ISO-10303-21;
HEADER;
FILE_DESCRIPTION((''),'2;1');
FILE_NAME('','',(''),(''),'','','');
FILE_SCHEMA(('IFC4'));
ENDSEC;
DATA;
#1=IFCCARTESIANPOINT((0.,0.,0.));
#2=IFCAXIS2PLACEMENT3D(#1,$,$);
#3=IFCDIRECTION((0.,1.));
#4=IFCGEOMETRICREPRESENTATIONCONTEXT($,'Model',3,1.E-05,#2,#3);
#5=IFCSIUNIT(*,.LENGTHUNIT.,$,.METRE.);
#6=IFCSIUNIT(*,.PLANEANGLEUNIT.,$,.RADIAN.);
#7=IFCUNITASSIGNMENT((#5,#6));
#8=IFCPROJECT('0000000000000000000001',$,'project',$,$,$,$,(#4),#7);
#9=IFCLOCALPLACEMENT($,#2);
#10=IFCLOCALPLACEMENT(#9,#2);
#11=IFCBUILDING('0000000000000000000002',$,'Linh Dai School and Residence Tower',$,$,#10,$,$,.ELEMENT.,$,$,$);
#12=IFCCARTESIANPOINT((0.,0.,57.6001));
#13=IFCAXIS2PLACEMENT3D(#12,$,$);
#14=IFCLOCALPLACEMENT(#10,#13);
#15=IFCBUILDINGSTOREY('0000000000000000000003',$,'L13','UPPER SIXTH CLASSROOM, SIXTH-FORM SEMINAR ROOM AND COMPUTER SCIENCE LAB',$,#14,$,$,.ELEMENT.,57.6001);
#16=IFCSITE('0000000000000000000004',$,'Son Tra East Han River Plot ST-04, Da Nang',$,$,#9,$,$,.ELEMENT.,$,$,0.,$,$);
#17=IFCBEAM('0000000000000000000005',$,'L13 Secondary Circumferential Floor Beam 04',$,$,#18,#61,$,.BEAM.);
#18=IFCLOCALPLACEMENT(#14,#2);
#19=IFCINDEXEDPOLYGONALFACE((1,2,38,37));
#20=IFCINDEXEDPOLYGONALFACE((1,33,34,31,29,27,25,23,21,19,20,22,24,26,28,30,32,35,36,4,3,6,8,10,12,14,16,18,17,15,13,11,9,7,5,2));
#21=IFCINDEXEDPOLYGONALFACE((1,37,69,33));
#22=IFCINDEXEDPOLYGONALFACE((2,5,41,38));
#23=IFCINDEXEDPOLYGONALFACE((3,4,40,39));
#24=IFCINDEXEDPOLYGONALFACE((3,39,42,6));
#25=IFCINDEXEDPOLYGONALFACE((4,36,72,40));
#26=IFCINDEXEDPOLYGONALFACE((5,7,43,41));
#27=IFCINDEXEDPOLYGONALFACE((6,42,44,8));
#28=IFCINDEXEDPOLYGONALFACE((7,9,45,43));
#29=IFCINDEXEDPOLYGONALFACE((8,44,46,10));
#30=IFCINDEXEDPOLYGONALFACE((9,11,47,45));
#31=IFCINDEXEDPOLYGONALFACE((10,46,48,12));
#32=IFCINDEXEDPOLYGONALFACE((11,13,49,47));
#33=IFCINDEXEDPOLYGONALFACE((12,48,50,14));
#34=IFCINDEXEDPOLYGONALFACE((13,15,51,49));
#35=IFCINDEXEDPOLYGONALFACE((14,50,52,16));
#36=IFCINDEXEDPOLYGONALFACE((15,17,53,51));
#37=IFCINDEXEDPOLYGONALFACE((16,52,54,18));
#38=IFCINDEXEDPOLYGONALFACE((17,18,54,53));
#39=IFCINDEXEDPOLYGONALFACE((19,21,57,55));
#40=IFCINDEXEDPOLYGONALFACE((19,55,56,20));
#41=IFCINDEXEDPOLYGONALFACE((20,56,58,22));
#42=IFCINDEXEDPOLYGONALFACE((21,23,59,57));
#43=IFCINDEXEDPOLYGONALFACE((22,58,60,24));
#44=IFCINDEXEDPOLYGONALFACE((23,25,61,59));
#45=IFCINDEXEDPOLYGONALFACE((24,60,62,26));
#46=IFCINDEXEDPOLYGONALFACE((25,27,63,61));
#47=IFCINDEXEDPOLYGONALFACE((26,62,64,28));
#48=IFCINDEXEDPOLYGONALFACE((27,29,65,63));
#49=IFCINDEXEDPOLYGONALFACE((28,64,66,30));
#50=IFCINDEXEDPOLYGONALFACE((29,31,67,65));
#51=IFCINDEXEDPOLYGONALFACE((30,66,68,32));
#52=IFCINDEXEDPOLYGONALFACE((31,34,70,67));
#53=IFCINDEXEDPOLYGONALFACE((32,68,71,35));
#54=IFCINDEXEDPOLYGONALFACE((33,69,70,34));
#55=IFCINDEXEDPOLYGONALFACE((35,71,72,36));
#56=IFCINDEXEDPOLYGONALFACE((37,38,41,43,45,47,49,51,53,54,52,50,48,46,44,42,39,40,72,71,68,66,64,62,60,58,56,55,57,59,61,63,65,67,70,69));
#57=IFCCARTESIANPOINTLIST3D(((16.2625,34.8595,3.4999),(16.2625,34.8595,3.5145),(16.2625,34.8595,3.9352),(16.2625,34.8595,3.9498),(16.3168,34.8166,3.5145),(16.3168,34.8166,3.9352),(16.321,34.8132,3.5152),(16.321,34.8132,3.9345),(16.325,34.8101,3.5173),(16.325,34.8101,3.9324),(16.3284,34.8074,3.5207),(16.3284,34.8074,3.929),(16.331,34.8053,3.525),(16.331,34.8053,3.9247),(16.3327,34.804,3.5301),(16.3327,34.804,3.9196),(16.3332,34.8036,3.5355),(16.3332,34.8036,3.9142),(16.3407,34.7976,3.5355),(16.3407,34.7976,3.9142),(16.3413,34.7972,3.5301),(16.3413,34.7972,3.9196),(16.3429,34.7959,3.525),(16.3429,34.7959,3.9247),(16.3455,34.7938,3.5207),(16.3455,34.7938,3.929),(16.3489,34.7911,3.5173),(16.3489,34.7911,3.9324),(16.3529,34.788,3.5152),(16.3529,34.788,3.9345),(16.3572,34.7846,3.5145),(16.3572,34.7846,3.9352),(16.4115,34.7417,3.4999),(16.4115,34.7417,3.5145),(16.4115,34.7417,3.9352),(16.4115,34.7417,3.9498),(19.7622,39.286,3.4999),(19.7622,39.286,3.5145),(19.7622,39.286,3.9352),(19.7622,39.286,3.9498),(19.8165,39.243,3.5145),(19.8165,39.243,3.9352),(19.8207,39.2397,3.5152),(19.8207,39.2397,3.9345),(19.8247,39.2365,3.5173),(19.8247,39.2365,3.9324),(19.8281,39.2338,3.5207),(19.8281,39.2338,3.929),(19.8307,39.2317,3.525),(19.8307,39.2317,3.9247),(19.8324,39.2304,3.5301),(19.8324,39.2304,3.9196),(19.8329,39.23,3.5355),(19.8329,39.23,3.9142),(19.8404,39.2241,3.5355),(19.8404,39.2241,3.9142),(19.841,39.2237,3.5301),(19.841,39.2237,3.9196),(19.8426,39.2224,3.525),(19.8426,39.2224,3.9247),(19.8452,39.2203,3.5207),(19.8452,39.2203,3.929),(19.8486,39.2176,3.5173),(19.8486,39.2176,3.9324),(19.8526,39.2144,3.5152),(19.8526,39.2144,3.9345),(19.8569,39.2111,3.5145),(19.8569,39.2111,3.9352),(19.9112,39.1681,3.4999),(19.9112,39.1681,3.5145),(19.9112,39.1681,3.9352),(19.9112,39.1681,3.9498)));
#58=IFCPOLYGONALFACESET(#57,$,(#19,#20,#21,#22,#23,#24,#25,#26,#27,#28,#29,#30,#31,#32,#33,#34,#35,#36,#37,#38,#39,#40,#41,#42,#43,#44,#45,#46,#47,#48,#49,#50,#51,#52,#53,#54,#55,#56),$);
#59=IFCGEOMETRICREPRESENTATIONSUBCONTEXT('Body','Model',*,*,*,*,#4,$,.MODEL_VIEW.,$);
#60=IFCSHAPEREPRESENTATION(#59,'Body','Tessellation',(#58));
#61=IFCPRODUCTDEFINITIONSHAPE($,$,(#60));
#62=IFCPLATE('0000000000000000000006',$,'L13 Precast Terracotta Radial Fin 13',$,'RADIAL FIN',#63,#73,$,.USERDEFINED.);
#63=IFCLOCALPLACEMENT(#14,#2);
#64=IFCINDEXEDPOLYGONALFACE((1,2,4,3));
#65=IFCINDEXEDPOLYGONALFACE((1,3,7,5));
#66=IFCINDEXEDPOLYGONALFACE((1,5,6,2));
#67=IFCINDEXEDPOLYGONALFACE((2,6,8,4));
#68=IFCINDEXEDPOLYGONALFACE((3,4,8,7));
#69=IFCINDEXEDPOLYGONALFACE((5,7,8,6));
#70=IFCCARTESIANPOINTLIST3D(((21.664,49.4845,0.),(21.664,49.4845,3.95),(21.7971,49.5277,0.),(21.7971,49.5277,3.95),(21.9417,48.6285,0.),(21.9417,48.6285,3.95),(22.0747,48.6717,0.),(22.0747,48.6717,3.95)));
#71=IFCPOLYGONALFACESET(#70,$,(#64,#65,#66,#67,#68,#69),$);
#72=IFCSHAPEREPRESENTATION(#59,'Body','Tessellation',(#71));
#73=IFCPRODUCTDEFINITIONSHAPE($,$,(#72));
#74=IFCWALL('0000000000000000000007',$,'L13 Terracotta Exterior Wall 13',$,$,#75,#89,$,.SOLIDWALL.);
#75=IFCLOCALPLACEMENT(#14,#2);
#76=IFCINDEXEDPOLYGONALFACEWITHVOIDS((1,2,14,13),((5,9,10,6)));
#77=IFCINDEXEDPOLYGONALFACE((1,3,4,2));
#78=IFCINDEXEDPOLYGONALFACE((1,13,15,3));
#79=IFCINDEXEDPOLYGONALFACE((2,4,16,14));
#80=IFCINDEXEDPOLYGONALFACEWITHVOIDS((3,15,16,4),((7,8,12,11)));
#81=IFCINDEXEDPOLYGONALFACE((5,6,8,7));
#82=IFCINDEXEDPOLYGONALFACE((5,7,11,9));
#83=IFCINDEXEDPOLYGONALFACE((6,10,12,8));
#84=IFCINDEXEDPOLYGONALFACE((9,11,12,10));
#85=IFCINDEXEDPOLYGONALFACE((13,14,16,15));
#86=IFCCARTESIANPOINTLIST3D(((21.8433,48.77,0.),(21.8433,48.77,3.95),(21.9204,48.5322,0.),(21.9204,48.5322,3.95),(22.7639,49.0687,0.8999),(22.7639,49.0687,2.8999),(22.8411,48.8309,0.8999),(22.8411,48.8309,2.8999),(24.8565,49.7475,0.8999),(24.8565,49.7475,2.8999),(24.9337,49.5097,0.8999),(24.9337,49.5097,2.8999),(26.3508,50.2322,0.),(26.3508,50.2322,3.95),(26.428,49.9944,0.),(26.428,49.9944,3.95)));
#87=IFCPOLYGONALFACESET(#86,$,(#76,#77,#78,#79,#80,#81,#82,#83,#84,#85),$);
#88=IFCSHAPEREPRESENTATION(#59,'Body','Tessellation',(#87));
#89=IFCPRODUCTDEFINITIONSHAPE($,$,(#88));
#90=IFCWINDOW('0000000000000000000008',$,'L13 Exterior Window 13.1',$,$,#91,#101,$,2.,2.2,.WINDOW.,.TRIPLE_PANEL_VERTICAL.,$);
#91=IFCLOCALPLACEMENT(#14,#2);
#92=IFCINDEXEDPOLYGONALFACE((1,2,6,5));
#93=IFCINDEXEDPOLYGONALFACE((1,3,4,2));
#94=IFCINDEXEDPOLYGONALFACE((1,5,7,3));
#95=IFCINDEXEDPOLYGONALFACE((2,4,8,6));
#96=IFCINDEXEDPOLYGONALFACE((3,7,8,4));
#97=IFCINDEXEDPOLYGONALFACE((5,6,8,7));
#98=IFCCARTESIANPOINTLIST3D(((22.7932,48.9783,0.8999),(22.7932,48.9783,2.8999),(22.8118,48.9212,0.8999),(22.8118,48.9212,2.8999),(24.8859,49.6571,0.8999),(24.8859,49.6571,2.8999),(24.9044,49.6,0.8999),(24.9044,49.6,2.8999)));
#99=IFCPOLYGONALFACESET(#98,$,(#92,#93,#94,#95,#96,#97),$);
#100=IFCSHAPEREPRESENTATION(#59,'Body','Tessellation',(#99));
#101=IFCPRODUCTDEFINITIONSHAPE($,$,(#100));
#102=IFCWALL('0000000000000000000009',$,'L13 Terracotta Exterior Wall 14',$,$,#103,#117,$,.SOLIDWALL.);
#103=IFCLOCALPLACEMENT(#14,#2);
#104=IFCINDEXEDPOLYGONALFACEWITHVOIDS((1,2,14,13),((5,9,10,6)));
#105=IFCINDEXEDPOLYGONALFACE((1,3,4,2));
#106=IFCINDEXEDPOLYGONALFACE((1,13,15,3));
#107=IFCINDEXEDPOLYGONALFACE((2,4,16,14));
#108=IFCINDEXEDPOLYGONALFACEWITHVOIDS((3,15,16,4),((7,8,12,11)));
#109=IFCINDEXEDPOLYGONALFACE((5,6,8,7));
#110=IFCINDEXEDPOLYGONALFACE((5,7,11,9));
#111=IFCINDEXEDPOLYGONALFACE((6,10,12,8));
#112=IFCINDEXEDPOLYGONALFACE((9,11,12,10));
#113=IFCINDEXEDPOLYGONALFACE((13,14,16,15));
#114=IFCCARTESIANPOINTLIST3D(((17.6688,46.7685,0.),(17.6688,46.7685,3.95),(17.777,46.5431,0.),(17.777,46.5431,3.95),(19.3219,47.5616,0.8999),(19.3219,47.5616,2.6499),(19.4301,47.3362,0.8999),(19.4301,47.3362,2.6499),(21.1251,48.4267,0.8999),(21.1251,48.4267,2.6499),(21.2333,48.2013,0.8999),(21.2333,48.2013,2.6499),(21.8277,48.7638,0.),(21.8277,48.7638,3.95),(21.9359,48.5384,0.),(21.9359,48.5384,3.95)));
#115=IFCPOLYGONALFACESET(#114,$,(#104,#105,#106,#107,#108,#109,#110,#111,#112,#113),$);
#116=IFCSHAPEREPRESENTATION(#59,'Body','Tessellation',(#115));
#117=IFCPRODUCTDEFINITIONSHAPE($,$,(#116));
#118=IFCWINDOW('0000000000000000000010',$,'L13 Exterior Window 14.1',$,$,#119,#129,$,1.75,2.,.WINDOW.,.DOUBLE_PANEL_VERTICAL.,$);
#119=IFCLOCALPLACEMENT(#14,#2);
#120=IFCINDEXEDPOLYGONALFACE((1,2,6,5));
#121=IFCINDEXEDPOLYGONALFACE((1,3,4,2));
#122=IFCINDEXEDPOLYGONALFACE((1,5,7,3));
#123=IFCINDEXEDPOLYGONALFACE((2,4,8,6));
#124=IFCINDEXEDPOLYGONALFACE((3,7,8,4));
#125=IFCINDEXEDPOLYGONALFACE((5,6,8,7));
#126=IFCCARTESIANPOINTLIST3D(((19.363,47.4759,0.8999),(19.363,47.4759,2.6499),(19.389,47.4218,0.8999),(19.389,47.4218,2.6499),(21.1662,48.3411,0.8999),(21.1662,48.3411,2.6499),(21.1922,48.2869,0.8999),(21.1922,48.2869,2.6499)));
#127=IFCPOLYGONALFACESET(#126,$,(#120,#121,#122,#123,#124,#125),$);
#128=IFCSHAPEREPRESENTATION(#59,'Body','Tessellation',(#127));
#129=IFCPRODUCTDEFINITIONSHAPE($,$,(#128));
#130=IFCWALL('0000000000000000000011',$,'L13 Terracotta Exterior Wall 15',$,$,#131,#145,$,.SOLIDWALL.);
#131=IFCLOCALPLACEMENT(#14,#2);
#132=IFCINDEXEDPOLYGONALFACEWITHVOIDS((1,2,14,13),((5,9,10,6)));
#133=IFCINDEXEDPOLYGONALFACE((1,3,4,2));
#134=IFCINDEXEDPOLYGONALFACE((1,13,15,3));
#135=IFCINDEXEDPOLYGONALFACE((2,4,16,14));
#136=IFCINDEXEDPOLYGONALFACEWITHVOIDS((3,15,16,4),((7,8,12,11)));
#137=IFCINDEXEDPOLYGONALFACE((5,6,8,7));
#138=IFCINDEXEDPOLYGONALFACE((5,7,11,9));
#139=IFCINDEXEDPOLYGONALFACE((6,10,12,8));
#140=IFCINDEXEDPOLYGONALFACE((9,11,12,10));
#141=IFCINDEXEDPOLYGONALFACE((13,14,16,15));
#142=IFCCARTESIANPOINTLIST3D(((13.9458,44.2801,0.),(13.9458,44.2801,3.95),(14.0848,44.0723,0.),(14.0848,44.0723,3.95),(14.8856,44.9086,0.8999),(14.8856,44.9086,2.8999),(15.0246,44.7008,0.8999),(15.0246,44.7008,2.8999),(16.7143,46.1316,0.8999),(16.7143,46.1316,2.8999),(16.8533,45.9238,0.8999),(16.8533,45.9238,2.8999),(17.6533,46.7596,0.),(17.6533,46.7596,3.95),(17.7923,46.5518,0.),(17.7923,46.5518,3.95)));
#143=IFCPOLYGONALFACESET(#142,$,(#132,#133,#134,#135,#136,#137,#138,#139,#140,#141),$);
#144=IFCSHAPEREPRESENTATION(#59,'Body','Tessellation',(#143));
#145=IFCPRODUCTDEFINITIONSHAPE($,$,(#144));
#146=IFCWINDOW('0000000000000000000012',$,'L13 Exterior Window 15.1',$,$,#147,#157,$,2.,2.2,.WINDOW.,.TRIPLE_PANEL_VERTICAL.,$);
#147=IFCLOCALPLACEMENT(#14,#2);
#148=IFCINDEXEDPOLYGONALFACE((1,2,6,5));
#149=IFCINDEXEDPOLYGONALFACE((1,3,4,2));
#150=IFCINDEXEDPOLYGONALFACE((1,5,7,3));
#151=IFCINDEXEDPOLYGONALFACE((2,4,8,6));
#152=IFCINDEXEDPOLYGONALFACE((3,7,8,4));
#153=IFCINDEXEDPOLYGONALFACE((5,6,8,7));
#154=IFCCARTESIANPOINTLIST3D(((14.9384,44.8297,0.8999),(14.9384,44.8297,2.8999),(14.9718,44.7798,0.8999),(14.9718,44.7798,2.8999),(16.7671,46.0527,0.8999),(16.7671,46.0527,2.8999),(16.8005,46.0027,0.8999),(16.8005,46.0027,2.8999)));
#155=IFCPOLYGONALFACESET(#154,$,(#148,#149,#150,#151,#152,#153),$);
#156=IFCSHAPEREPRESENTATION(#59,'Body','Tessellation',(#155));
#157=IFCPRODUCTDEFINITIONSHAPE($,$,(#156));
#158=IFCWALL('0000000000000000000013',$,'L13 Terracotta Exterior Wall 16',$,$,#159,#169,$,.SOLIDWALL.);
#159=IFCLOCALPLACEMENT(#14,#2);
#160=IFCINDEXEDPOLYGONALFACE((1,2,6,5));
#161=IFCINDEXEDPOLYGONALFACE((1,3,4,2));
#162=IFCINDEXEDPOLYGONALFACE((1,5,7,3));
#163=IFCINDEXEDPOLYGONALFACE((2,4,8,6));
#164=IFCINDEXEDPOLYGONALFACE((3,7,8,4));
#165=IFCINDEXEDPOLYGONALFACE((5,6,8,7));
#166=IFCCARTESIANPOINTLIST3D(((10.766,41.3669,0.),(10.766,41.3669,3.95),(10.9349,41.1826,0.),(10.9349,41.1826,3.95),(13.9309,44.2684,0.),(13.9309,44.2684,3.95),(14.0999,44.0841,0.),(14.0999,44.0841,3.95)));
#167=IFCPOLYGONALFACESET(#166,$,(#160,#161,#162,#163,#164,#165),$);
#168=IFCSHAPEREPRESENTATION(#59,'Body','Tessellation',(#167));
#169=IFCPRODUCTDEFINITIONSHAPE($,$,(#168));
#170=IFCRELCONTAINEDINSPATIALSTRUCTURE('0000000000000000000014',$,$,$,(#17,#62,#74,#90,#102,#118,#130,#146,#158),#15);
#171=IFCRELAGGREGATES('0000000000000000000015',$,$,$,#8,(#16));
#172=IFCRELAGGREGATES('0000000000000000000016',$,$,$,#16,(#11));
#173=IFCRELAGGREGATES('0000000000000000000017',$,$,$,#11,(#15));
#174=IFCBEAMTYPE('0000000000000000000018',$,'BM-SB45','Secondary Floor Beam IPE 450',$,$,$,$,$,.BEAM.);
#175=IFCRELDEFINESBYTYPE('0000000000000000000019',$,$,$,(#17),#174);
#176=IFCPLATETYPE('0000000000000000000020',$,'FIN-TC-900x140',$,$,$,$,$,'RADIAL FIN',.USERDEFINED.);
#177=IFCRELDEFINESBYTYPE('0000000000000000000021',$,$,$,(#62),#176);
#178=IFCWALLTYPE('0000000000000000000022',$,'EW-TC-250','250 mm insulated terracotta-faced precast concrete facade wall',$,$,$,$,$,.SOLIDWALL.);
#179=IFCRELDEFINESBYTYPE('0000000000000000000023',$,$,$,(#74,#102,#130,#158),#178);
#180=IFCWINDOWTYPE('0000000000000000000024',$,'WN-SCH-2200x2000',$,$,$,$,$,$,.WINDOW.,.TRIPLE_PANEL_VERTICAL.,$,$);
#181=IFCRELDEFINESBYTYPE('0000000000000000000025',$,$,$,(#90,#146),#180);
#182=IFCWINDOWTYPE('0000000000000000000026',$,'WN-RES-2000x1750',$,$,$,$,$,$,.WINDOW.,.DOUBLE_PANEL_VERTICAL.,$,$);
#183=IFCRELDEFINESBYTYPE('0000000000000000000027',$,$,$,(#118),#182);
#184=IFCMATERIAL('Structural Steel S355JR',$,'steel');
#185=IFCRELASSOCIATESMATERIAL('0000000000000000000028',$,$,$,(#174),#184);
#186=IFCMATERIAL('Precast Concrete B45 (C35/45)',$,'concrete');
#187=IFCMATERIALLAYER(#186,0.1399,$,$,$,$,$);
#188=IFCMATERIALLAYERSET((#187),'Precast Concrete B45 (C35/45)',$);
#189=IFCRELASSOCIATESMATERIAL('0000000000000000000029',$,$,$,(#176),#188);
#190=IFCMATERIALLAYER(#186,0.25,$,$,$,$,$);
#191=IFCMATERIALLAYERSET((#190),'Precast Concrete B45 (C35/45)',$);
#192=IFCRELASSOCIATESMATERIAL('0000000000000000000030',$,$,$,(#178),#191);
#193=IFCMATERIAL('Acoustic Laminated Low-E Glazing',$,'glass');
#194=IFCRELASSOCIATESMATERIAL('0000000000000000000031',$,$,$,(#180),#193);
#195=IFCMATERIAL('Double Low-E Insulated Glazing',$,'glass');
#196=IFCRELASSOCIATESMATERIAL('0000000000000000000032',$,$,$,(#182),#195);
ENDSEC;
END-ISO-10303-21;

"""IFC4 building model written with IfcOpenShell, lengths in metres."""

from ifc_helpers import new_model, si_unit, direction, frame, frame_2d, origin, origin_2d, place, context, subcontext, project, spatial, rectangle, i_section, extrude, source, transform, mapped, material, layer, layer_set, material_profile, profile_set, type_object, element, fill, save


model = new_model("IFC4")

# Units and contexts
model_context = context("Model", 3, precision=1e-05, world=origin(), true_north=direction((0.0, 1.0)))
body_context = subcontext(model_context, "Body", "Model", "MODEL_VIEW")
ifc_project = project(units=[si_unit("LENGTHUNIT", "METRE"), si_unit("PLANEANGLEUNIT", "RADIAN")], contexts=[model_context])

# Site, building, storey
site_placement = place(None, origin())
site = spatial("IfcSite", under=ifc_project, at=site_placement, Name="Son Tra East Han River Plot ST-04, Da Nang", CompositionType="ELEMENT", RefElevation=0.0)
building_placement = place(site_placement, origin())
building = spatial("IfcBuilding", under=site, at=building_placement, Name="Linh Dai School and Residence Tower", CompositionType="ELEMENT")
storey_placement = place(building_placement, frame((0.0, 0.0, 57.6001)))
storey = spatial("IfcBuildingStorey", under=building, at=storey_placement, Name="L13", Description="UPPER SIXTH CLASSROOM, SIXTH-FORM SEMINAR ROOM AND COMPUTER SCIENCE LAB", CompositionType="ELEMENT", Elevation=57.6001)

# Shared definitions
ifc_material_1 = material(Name="Structural Steel S355JR", Category="steel")

# Beam
ifc_material_profile_1 = material_profile(ifc_material_1, i_section(OverallWidth=0.1899, OverallDepth=0.45, WebThickness=0.0095, FlangeThickness=0.0146, FilletRadius=0.021, at=origin_2d()), Name="IPE 450")
ifc_profile_set_1 = profile_set([ifc_material_profile_1], Name="Structural Steel S355JR")
beam_type_1 = type_object("IfcBeamType", Name="BM-SB45", Description="Secondary Floor Beam IPE 450", PredefinedType="BEAM", material=ifc_profile_set_1)
beam_1_placement = place(storey_placement, frame((19.8367, 39.2271, 3.7249), z_axis=(-0.620205, -0.78444, 0.0), x_axis=(0.78444, -0.620205, 0.0)))
element("IfcBeam", 1, at=beam_1_placement, inside=storey, type_object=beam_type_1, Name="L13 Secondary Circumferential Floor Beam 04", PredefinedType="BEAM", context=body_context, shape_type="SweptSolid", body=[
    extrude(i_section(OverallWidth=0.1899, OverallDepth=0.45, WebThickness=0.0095, FlangeThickness=0.0146, FilletRadius=0.021, at=origin_2d()), origin(), (0.0, 0.0, 1.0), 5.6428),
])

# Plate
ifc_material_2 = material(Name="Precast Concrete B45 (C35/45)", Category="concrete")
ifc_layer_1 = layer(ifc_material_2, 0.1399)
ifc_layer_set_1 = layer_set([ifc_layer_1], Name="Precast Concrete B45 (C35/45)")
plate_type = type_object("IfcPlateType", Name="FIN-TC-900x140", ElementType="RADIAL FIN", PredefinedType="USERDEFINED", material=ifc_layer_set_1)
shared_shape_1 = source(origin(), body_context, "Body", "SweptSolid", [
    extrude(rectangle(XDim=0.8999, YDim=0.1399, at=origin_2d()), origin(), (0.0, 0.0, 1.0), 3.95),
])
plate_placement = place(storey_placement, frame((21.8694, 49.0781, 0.0), z_axis=(0.0, 0.0, 1.0), x_axis=(-0.308511, 0.951221, 0.0)))
element("IfcPlate", 2, at=plate_placement, inside=storey, type_object=plate_type, Name="L13 Precast Terracotta Radial Fin 13", ObjectType="RADIAL FIN", PredefinedType="USERDEFINED", context=body_context, shape_type="MappedRepresentation", body=[
    mapped(shared_shape_1, transform((0.0, 0.0, 0.0), x_axis=(1.0, 0.0, 0.0), y_axis=(0.0, 1.0, 0.0), z_axis=(0.0, 0.0, 1.0), scale=1.0)),
])

# Walls, openings, windows
ifc_layer_2 = layer(ifc_material_2, 0.25)
ifc_layer_set_2 = layer_set([ifc_layer_2], Name="Precast Concrete B45 (C35/45)")
wall_type_1 = type_object("IfcWallType", Name="EW-TC-250", Description="250 mm insulated terracotta-faced precast concrete facade wall", PredefinedType="SOLIDWALL", material=ifc_layer_set_2)
wall_1_placement = place(storey_placement, frame((21.8818, 48.6511, 0.0), z_axis=(0.0, 0.0, 1.0), x_axis=(0.951208, 0.308551, 0.0)))
wall_1 = element("IfcWall", 3, at=wall_1_placement, inside=storey, type_object=wall_type_1, Name="L13 Terracotta Exterior Wall 13", PredefinedType="SOLIDWALL", context=body_context, shape_type="SweptSolid", body=[
    extrude(rectangle(XDim=4.7388, YDim=0.25, at=frame_2d((2.3694, 0.0))), origin(), (0.0, 0.0, 1.0), 3.95),
])
opening_1_placement = place(wall_1_placement, frame((0.9678, 0.0, 0.8999)))
opening_1 = element("IfcOpeningElement", 4, at=opening_1_placement, cuts=wall_1, PredefinedType="OPENING", context=body_context, shape_type="SweptSolid", body=[
    extrude(rectangle(XDim=2.2, YDim=2.0, at=origin_2d()), frame((1.1001, 0.135, 1.0), z_axis=(0.0, -1.0, 0.0), x_axis=(1.0, 0.0, 0.0)), (0.0, 0.0, 1.0), 0.27),
])
ifc_material_3 = material(Name="Acoustic Laminated Low-E Glazing", Category="glass")
window_type_1 = type_object("IfcWindowType", Name="WN-SCH-2200x2000", PartitioningType="TRIPLE_PANEL_VERTICAL", PredefinedType="WINDOW", material=ifc_material_3)
shared_shape_2 = source(origin(), body_context, "Body", "SweptSolid", [
    extrude(rectangle(XDim=2.2, YDim=2.0, at=origin_2d()), frame((1.1001, 0.03, 1.0), z_axis=(0.0, -1.0, 0.0), x_axis=(1.0, 0.0, 0.0)), (0.0, 0.0, 1.0), 0.0601),
])
window_1_placement = place(opening_1_placement, origin())
window_1 = element("IfcWindow", 5, at=window_1_placement, inside=storey, type_object=window_type_1, Name="L13 Exterior Window 13.1", OverallHeight=2.0, OverallWidth=2.2, PartitioningType="TRIPLE_PANEL_VERTICAL", PredefinedType="WINDOW", context=body_context, shape_type="MappedRepresentation", body=[
    mapped(shared_shape_2, transform((0.0, 0.0, 0.0), x_axis=(1.0, 0.0, 0.0), y_axis=(0.0, 1.0, 0.0), z_axis=(0.0, 0.0, 1.0), scale=1.0)),
])
fill(opening_1, window_1)
wall_2_placement = place(storey_placement, frame((17.7229, 46.6558, 0.0), z_axis=(0.0, 0.0, 1.0), x_axis=(0.901602, 0.432568, 0.0)))
wall_2 = element("IfcWall", 6, at=wall_2_placement, inside=storey, type_object=wall_type_1, Name="L13 Terracotta Exterior Wall 14", PredefinedType="SOLIDWALL", context=body_context, shape_type="SweptSolid", body=[
    extrude(rectangle(XDim=4.6128, YDim=0.25, at=frame_2d((2.3064, 0.0))), origin(), (0.0, 0.0, 1.0), 3.95),
])
opening_2_placement = place(wall_2_placement, frame((1.8335, 0.0, 0.8999)))
opening_2 = element("IfcOpeningElement", 7, at=opening_2_placement, cuts=wall_2, PredefinedType="OPENING", context=body_context, shape_type="SweptSolid", body=[
    extrude(rectangle(XDim=2.0, YDim=1.75, at=origin_2d()), frame((1.0, 0.135, 0.875), z_axis=(0.0, -1.0, 0.0), x_axis=(1.0, 0.0, 0.0)), (0.0, 0.0, 1.0), 0.27),
])
ifc_material_4 = material(Name="Double Low-E Insulated Glazing", Category="glass")
window_type_2 = type_object("IfcWindowType", Name="WN-RES-2000x1750", PartitioningType="DOUBLE_PANEL_VERTICAL", PredefinedType="WINDOW", material=ifc_material_4)
shared_shape_3 = source(origin(), body_context, "Body", "SweptSolid", [
    extrude(rectangle(XDim=2.0, YDim=1.75, at=origin_2d()), frame((1.0, 0.03, 0.875), z_axis=(0.0, -1.0, 0.0), x_axis=(1.0, 0.0, 0.0)), (0.0, 0.0, 1.0), 0.0601),
])
window_2_placement = place(opening_2_placement, origin())
window_2 = element("IfcWindow", 8, at=window_2_placement, inside=storey, type_object=window_type_2, Name="L13 Exterior Window 14.1", OverallHeight=1.75, OverallWidth=2.0, PartitioningType="DOUBLE_PANEL_VERTICAL", PredefinedType="WINDOW", context=body_context, shape_type="MappedRepresentation", body=[
    mapped(shared_shape_3, transform((0.0, 0.0, 0.0), x_axis=(1.0, 0.0, 0.0), y_axis=(0.0, 1.0, 0.0), z_axis=(0.0, 0.0, 1.0), scale=1.0)),
])
fill(opening_2, window_2)
wall_3_placement = place(storey_placement, frame((14.0154, 44.1763, 0.0), z_axis=(0.0, 0.0, 1.0), x_axis=(0.831241, 0.555912, 0.0)))
wall_3 = element("IfcWall", 9, at=wall_3_placement, inside=storey, type_object=wall_type_1, Name="L13 Terracotta Exterior Wall 15", PredefinedType="SOLIDWALL", context=body_context, shape_type="SweptSolid", body=[
    extrude(rectangle(XDim=4.4602, YDim=0.25, at=frame_2d((2.23, 0.0))), origin(), (0.0, 0.0, 1.0), 3.95),
])
opening_3_placement = place(wall_3_placement, frame((1.1304, 0.0, 0.8999)))
opening_3 = element("IfcOpeningElement", 10, at=opening_3_placement, cuts=wall_3, PredefinedType="OPENING", context=body_context, shape_type="SweptSolid", body=[
    extrude(rectangle(XDim=2.2, YDim=2.0, at=origin_2d()), frame((1.1001, 0.135, 1.0), z_axis=(0.0, -1.0, 0.0), x_axis=(1.0, 0.0, 0.0)), (0.0, 0.0, 1.0), 0.27),
])
window_3_placement = place(opening_3_placement, origin())
window_3 = element("IfcWindow", 11, at=window_3_placement, inside=storey, type_object=window_type_1, Name="L13 Exterior Window 15.1", OverallHeight=2.0, OverallWidth=2.2, PartitioningType="TRIPLE_PANEL_VERTICAL", PredefinedType="WINDOW", context=body_context, shape_type="MappedRepresentation", body=[
    mapped(shared_shape_2, transform((0.0, 0.0, 0.0), x_axis=(1.0, 0.0, 0.0), y_axis=(0.0, 1.0, 0.0), z_axis=(0.0, 0.0, 1.0), scale=1.0)),
])
fill(opening_3, window_3)

# Wall
wall_4_placement = place(storey_placement, frame((10.8503, 41.2747, 0.0), z_axis=(0.0, 0.0, 1.0), x_axis=(0.737116, 0.675766, 0.0)))
element("IfcWall", 12, at=wall_4_placement, inside=storey, type_object=wall_type_1, Name="L13 Terracotta Exterior Wall 16", PredefinedType="SOLIDWALL", context=body_context, shape_type="SweptSolid", body=[
    extrude(rectangle(XDim=4.2937, YDim=0.25, at=frame_2d((2.147, 0.0))), origin(), (0.0, 0.0, 1.0), 3.95),
])

save(model, "model.ifc")
